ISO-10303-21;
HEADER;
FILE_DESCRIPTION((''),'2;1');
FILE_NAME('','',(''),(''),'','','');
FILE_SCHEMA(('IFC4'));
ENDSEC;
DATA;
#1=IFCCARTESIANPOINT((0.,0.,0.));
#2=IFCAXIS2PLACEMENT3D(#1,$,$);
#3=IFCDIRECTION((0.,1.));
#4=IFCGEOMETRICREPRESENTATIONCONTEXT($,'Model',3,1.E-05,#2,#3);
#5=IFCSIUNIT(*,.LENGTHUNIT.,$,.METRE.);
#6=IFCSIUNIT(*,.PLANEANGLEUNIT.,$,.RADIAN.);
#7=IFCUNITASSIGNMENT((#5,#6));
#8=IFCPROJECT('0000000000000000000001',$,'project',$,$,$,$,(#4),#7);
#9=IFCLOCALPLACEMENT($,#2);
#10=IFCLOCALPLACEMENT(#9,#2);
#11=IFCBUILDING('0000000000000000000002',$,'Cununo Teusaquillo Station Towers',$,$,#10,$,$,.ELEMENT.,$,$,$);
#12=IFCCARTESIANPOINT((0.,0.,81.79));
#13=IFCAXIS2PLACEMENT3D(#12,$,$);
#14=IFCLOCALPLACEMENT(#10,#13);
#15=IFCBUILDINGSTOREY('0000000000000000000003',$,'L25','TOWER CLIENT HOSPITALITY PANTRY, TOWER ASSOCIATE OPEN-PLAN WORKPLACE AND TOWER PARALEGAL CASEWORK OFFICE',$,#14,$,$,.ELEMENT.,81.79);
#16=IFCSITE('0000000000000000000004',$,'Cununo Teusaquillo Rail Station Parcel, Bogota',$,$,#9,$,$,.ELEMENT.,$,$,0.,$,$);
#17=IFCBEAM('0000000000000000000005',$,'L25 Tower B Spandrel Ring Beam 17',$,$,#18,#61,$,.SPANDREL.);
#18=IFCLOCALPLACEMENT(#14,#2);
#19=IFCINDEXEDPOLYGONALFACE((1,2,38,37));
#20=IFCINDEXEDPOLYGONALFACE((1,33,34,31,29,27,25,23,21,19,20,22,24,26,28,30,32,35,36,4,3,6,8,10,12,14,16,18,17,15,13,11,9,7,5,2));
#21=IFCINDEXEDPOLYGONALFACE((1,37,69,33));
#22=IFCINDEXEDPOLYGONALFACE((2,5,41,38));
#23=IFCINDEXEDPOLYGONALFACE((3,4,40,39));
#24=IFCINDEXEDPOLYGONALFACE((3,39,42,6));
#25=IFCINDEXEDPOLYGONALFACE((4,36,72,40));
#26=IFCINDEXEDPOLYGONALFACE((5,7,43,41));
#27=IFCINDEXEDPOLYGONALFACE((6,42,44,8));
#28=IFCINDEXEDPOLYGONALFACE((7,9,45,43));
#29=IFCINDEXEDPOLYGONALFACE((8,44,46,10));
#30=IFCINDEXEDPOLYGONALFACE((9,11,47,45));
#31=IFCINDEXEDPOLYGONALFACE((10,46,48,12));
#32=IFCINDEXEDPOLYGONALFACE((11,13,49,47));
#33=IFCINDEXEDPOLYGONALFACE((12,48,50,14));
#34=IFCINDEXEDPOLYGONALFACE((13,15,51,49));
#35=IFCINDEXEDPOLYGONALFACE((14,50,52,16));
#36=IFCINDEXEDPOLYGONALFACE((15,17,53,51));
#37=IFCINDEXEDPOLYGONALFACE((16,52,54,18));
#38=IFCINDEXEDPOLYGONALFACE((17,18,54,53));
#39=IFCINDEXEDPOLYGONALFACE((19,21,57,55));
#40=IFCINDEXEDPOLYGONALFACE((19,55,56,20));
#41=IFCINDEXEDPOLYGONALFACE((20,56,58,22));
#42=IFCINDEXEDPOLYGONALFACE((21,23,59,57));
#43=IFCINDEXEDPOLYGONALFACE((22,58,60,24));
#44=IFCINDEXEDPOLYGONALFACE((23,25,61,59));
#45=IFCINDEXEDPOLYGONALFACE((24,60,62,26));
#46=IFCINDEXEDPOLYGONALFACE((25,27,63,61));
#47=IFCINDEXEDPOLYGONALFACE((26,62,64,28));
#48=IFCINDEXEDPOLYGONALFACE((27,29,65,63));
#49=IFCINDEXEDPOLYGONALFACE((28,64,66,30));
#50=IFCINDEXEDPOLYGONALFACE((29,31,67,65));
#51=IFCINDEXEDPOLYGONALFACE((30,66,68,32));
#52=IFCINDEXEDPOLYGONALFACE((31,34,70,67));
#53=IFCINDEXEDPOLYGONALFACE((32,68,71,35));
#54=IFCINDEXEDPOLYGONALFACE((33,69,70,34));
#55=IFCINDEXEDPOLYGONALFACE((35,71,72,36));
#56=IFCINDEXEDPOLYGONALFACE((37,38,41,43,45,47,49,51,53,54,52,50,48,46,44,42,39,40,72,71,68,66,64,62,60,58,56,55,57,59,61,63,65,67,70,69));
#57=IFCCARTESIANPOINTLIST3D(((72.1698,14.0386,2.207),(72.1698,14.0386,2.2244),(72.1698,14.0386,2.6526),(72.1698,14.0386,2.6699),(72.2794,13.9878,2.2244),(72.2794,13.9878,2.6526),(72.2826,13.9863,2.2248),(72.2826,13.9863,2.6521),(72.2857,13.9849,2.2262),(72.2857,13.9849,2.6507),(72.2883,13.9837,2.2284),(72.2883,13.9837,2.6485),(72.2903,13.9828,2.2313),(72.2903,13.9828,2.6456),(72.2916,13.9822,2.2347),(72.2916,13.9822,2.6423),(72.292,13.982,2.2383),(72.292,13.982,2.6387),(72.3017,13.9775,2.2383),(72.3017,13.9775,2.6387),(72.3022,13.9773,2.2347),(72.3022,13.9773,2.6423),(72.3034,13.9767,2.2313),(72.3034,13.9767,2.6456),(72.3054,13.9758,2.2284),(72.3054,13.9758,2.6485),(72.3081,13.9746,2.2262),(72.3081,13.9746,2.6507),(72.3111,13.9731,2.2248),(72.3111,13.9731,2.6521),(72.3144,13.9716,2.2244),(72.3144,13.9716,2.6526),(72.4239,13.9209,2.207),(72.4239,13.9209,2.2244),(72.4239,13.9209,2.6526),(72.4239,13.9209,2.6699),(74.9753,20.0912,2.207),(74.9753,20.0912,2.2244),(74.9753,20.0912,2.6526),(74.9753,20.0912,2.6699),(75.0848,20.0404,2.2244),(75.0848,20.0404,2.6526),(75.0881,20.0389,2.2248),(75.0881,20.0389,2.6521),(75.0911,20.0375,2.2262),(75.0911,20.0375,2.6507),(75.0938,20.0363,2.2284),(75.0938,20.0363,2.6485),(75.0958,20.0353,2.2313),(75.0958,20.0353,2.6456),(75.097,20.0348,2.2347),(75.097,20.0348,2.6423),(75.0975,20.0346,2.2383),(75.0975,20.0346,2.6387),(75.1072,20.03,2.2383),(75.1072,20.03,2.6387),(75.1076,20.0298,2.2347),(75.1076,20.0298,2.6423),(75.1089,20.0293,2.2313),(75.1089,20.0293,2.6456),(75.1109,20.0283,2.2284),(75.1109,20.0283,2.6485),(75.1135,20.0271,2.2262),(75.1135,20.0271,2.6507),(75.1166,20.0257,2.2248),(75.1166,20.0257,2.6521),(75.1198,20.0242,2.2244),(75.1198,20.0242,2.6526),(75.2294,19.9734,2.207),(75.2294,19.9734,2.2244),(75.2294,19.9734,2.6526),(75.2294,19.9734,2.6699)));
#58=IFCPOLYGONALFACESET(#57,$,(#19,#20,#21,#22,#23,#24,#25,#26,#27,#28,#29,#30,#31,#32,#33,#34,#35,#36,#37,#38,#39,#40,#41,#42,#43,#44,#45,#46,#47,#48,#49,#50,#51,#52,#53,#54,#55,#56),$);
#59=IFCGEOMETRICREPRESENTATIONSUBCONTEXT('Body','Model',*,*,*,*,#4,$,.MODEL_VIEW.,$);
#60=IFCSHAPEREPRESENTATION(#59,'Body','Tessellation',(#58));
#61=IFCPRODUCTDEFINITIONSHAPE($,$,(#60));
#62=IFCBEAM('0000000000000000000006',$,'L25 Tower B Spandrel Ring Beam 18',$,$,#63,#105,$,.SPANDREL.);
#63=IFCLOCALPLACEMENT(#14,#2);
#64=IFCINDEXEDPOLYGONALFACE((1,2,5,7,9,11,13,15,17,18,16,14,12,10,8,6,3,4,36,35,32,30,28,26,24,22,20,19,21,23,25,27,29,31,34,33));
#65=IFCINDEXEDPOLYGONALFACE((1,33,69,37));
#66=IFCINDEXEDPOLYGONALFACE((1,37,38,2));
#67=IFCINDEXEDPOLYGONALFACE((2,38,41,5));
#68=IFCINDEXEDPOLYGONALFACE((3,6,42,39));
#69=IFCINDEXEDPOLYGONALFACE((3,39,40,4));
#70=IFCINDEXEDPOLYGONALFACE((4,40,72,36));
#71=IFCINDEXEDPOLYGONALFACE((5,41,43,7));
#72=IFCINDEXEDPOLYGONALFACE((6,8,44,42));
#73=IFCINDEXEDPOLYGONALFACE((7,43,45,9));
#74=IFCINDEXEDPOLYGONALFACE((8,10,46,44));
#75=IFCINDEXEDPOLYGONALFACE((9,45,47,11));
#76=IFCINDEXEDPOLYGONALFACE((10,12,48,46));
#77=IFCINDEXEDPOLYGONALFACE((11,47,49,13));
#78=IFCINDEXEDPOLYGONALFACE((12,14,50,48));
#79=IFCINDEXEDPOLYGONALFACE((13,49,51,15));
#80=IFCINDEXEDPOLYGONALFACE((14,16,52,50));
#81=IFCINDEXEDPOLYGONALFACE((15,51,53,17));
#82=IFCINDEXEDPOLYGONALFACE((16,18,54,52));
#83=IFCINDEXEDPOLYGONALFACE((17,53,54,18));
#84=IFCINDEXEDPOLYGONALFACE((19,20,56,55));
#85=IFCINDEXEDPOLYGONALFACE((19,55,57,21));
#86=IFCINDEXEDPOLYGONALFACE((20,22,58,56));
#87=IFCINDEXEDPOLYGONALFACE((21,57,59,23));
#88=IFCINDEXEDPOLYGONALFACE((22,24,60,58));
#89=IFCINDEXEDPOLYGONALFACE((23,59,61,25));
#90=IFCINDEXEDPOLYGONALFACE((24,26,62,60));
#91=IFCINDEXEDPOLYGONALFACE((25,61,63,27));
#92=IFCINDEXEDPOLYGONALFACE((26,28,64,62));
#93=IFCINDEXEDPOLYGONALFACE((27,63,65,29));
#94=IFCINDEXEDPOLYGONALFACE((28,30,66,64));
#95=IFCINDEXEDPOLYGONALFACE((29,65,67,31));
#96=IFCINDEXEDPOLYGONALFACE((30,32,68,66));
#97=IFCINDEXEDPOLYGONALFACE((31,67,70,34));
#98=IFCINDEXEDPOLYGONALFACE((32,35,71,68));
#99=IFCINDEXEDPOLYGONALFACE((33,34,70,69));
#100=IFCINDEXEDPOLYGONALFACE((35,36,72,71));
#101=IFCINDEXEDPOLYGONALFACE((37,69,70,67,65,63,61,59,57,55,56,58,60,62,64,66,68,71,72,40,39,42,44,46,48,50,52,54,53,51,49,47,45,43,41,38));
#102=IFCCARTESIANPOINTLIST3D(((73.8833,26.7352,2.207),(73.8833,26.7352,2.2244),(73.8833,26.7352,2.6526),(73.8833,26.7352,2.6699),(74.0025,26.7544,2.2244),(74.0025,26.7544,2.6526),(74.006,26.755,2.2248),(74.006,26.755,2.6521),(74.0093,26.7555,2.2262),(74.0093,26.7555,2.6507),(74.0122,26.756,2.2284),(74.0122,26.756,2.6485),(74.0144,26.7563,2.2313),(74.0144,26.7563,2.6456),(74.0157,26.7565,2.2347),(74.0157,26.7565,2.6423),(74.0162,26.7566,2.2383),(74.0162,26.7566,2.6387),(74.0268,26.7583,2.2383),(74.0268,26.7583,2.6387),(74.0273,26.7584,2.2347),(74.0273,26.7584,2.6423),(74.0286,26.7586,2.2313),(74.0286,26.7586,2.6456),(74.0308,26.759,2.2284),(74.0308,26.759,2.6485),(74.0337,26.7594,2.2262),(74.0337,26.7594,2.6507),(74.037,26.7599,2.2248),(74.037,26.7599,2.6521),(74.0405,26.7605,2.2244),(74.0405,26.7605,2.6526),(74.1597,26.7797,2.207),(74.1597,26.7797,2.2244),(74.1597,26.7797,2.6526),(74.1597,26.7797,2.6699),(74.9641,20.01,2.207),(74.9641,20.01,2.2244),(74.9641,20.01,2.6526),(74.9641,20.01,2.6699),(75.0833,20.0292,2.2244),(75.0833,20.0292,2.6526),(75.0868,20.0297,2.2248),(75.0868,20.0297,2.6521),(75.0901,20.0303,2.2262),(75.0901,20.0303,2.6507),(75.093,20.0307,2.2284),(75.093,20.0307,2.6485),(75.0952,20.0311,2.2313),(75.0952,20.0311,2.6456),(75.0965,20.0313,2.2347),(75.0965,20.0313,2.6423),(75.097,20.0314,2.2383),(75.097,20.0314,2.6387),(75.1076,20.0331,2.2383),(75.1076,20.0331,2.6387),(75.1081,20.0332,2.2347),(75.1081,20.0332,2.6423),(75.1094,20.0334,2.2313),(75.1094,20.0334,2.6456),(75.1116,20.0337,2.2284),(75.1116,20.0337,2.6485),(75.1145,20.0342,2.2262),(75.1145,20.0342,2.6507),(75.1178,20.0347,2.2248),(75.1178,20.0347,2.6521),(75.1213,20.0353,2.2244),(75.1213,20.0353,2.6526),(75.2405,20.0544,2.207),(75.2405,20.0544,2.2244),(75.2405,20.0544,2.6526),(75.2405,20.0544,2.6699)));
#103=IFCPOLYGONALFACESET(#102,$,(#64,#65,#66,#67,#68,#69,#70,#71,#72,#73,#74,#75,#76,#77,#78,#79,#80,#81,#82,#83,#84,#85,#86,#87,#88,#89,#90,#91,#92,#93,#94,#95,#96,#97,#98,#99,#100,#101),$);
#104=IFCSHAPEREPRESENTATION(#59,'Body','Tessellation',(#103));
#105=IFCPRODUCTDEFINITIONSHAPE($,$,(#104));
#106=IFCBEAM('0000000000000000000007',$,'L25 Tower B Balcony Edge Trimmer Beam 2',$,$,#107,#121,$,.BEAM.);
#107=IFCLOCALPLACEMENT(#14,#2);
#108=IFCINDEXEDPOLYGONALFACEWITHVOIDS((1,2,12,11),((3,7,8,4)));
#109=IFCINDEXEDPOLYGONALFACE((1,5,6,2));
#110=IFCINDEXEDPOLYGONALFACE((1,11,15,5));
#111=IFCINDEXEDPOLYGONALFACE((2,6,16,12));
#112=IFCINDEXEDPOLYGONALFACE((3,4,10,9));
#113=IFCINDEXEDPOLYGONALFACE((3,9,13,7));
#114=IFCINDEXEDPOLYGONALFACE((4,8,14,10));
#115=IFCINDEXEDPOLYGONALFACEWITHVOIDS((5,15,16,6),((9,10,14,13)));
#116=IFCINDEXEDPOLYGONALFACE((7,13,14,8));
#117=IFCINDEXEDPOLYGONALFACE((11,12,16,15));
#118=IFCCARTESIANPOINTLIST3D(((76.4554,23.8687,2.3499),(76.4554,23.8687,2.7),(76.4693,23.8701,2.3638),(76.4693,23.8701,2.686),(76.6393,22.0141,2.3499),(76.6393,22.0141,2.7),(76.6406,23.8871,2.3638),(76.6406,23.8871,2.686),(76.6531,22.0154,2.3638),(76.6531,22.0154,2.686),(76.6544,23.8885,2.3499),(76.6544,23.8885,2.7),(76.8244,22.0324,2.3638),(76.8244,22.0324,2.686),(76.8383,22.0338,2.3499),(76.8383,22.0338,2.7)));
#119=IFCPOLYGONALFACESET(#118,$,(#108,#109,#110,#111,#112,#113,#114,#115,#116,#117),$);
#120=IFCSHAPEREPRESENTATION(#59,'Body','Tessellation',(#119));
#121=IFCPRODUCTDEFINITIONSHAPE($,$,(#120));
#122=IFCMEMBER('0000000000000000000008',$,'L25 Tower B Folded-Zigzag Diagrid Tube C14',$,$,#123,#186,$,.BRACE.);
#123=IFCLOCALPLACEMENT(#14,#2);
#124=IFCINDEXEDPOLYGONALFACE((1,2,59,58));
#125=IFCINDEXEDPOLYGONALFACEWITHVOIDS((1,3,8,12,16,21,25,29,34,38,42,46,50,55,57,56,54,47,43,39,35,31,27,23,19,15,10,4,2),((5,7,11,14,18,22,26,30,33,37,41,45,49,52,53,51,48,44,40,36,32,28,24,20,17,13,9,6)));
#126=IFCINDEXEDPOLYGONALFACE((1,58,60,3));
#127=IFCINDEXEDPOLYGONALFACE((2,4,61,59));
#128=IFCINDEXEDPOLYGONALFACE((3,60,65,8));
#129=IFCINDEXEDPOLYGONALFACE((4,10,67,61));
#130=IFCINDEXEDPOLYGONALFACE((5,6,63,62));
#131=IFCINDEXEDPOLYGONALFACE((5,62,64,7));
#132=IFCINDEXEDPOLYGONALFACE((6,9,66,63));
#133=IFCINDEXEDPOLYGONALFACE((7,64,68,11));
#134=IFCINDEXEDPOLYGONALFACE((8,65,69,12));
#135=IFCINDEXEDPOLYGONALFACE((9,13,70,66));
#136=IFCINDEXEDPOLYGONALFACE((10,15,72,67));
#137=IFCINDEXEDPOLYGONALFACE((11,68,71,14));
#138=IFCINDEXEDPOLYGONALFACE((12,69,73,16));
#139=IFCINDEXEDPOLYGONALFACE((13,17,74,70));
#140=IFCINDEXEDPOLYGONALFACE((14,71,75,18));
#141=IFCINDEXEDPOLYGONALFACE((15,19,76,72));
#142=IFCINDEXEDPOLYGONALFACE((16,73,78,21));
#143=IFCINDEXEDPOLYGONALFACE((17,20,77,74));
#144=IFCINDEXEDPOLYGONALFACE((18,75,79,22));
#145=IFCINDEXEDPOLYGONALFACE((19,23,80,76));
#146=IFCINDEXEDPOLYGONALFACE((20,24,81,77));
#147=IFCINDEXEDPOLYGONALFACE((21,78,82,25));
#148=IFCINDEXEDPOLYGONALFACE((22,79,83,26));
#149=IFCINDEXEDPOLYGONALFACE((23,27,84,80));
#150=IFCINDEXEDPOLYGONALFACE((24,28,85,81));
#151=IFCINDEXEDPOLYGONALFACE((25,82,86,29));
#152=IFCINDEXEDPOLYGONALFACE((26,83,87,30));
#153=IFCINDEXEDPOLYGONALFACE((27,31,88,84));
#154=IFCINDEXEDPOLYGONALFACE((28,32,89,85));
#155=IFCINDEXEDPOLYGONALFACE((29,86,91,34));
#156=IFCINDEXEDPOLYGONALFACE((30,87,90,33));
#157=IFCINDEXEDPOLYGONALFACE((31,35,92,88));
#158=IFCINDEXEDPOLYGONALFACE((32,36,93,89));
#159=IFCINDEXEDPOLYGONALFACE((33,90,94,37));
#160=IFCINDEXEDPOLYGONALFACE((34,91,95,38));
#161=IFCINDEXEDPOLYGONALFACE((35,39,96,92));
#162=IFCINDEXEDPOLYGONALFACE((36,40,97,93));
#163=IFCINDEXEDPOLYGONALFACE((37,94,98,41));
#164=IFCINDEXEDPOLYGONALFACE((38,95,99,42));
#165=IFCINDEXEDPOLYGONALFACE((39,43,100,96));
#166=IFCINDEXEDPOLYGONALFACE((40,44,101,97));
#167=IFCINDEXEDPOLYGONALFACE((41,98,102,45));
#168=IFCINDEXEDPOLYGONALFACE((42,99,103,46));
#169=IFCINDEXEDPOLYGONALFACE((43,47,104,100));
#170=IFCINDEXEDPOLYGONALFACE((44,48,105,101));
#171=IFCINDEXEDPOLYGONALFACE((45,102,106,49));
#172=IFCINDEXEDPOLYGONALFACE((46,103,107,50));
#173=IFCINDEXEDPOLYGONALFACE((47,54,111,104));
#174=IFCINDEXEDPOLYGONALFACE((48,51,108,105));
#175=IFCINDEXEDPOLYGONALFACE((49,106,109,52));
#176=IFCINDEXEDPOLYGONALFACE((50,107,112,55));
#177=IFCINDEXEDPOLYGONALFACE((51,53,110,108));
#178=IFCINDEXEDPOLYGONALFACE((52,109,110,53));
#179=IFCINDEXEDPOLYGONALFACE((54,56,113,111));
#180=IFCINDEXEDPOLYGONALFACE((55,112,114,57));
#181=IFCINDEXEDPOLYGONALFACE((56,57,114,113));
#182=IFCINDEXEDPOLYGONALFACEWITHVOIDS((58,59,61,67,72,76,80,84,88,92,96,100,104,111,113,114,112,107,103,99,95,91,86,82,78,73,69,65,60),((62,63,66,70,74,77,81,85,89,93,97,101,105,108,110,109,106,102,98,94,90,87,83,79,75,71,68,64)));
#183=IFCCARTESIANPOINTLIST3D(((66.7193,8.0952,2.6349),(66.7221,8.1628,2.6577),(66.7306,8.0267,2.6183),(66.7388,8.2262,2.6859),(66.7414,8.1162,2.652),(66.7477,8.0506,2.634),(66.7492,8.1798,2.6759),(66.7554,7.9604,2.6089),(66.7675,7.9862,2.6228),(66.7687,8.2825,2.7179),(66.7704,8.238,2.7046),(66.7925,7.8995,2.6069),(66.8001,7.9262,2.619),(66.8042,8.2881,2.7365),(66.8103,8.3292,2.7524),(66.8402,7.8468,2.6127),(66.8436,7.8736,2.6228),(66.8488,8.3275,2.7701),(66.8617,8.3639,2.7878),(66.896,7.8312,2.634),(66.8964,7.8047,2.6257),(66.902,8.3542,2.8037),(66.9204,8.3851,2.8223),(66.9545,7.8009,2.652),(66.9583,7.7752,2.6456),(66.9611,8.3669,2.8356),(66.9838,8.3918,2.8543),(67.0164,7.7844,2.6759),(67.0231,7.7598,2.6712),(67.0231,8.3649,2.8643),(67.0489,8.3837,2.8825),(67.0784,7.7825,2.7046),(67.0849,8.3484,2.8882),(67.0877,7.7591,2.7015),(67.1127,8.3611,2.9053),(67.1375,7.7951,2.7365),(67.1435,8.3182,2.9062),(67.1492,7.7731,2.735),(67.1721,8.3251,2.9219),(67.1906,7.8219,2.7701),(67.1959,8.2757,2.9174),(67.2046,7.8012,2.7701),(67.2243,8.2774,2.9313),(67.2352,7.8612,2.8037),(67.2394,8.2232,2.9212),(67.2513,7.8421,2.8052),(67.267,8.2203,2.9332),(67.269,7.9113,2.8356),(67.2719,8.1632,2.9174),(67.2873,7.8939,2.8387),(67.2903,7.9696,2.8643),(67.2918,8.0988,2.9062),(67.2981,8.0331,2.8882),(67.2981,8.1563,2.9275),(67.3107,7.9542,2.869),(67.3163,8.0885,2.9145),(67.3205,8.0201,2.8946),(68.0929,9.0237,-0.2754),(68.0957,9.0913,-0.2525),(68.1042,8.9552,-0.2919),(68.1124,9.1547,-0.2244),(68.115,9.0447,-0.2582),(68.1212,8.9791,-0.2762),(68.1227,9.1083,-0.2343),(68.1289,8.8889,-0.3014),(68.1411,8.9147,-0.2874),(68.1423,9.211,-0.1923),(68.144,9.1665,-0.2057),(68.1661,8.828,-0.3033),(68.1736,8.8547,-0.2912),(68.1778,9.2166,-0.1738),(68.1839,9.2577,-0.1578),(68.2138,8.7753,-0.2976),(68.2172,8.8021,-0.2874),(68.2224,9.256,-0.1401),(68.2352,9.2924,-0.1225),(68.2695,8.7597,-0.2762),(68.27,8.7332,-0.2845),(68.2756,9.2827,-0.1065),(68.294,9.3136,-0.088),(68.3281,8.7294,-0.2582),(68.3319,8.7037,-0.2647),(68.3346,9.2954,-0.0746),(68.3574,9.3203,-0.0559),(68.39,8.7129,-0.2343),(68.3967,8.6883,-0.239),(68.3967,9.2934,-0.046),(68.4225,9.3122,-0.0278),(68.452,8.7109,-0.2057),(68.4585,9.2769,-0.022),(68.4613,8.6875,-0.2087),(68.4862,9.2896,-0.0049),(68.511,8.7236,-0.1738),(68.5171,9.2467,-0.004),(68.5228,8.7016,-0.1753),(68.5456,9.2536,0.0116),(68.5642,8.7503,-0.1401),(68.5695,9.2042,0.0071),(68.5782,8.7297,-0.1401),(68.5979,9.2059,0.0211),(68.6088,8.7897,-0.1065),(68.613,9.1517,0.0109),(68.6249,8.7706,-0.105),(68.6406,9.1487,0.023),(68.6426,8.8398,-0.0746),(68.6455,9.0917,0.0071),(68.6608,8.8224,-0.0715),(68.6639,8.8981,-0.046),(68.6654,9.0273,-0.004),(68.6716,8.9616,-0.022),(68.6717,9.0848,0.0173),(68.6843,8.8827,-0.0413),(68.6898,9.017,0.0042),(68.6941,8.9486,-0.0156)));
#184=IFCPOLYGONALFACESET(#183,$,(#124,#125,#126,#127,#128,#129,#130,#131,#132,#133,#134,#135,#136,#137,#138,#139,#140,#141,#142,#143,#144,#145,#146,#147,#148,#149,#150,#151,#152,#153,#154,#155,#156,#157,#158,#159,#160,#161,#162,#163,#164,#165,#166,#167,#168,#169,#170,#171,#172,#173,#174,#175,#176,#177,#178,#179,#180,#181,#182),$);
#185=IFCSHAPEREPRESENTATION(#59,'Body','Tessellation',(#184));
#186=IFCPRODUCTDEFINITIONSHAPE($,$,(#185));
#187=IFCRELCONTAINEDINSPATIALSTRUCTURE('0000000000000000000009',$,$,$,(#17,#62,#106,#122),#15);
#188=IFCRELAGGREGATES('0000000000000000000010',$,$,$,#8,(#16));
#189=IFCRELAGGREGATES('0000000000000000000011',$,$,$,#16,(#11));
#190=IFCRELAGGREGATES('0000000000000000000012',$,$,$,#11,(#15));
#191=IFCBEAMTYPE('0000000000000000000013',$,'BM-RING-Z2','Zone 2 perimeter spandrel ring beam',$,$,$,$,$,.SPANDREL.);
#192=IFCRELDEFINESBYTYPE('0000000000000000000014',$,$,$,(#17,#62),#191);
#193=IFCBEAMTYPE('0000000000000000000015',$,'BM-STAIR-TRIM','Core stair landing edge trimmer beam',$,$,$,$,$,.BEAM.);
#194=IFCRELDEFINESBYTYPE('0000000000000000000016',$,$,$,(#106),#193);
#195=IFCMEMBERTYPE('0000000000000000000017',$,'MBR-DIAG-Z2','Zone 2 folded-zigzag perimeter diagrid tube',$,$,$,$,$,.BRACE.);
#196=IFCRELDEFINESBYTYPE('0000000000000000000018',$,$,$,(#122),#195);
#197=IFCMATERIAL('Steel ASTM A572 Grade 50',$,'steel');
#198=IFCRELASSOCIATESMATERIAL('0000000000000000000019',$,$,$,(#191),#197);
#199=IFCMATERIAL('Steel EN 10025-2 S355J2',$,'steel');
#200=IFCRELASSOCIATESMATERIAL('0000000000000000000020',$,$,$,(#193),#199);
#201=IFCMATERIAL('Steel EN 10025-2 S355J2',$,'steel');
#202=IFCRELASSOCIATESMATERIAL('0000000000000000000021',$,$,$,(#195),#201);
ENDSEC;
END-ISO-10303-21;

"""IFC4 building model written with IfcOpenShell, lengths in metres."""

from ifc_helpers import new_model, si_unit, direction, frame, origin, origin_2d, place, context, subcontext, project, spatial, hollow_rectangle, hollow_circle, i_section, extrude, material, material_profile, profile_set, type_object, element, save


model = new_model("IFC4")

# Units and contexts
model_context = context("Model", 3, precision=1e-05, world=origin(), true_north=direction((0.0, 1.0)))
body_context = subcontext(model_context, "Body", "Model", "MODEL_VIEW")
ifc_project = project(units=[si_unit("LENGTHUNIT", "METRE"), si_unit("PLANEANGLEUNIT", "RADIAN")], contexts=[model_context])

# Site, building, storey
site_placement = place(None, origin())
site = spatial("IfcSite", under=ifc_project, at=site_placement, Name="Cununo Teusaquillo Rail Station Parcel, Bogota", CompositionType="ELEMENT", RefElevation=0.0)
building_placement = place(site_placement, origin())
building = spatial("IfcBuilding", under=site, at=building_placement, Name="Cununo Teusaquillo Station Towers", CompositionType="ELEMENT")
storey_placement = place(building_placement, frame((0.0, 0.0, 81.79)))
storey = spatial("IfcBuildingStorey", under=building, at=storey_placement, Name="L25", Description="TOWER CLIENT HOSPITALITY PANTRY, TOWER ASSOCIATE OPEN-PLAN WORKPLACE AND TOWER PARALEGAL CASEWORK OFFICE", CompositionType="ELEMENT", Elevation=81.79)

# Beams
ifc_material_1 = material(Name="Steel ASTM A572 Grade 50", Category="steel")
ifc_material_profile_1 = material_profile(ifc_material_1, i_section(OverallWidth=0.28, OverallDepth=0.4629, WebThickness=0.0107, FlangeThickness=0.0173, FilletRadius=0.0139, at=origin_2d()), Name="W18X76")
ifc_profile_set_1 = profile_set([ifc_material_profile_1], Name="Steel ASTM A572 Grade 50")
beam_type_1 = type_object("IfcBeamType", Name="BM-RING-Z2", Description="Zone 2 perimeter spandrel ring beam", PredefinedType="SPANDREL", material=ifc_profile_set_1)
beam_1_placement = place(storey_placement, frame((72.2969, 13.9797, 2.4385), z_axis=(0.420536, 0.907276, 0.0), x_axis=(-0.907276, 0.420536, 0.0)))
element("IfcBeam", 1, at=beam_1_placement, inside=storey, type_object=beam_type_1, Name="L25 Tower B Spandrel Ring Beam 17", PredefinedType="SPANDREL", context=body_context, shape_type="SweptSolid", body=[
    extrude(i_section(OverallWidth=0.28, OverallDepth=0.4629, WebThickness=0.0107, FlangeThickness=0.0173, FilletRadius=0.0139, at=origin_2d()), origin(), (0.0, 0.0, 1.0), 6.6711),
])
beam_2_placement = place(storey_placement, frame((75.1023, 20.0322, 2.4385), z_axis=(-0.158671, 0.987331, 0.0), x_axis=(-0.987331, -0.158671, 0.0)))
element("IfcBeam", 2, at=beam_2_placement, inside=storey, type_object=beam_type_1, Name="L25 Tower B Spandrel Ring Beam 18", PredefinedType="SPANDREL", context=body_context, shape_type="SweptSolid", body=[
    extrude(i_section(OverallWidth=0.28, OverallDepth=0.4629, WebThickness=0.0107, FlangeThickness=0.0173, FilletRadius=0.0139, at=origin_2d()), origin(), (0.0, 0.0, 1.0), 6.8115),
])
ifc_material_2 = material(Name="Steel EN 10025-2 S355J2", Category="steel")
ifc_material_profile_2 = material_profile(ifc_material_2, hollow_rectangle(XDim=0.2, YDim=0.3501, WallThickness=0.0139, at=origin_2d()), Name="RHS 350x200x14")
ifc_profile_set_2 = profile_set([ifc_material_profile_2], Name="Steel EN 10025-2 S355J2")
beam_type_2 = type_object("IfcBeamType", Name="BM-STAIR-TRIM", Description="Core stair landing edge trimmer beam", PredefinedType="BEAM", material=ifc_profile_set_2)
beam_3_placement = place(storey_placement, frame((76.7388, 22.0239, 2.5249), z_axis=(-0.098635, 0.995124, 0.0), x_axis=(-0.995124, -0.098635, 0.0)))
element("IfcBeam", 3, at=beam_3_placement, inside=storey, type_object=beam_type_2, Name="L25 Tower B Balcony Edge Trimmer Beam 2", PredefinedType="BEAM", context=body_context, shape_type="SweptSolid", body=[
    extrude(hollow_rectangle(XDim=0.2, YDim=0.3501, WallThickness=0.0139, at=origin_2d()), origin(), (0.0, 0.0, 1.0), 1.8638),
])

# Member
ifc_material_3 = material(Name="Steel EN 10025-2 S355J2", Category="steel")
ifc_material_profile_3 = material_profile(ifc_material_3, hollow_circle(Radius=0.3301, WallThickness=0.0249, at=origin_2d()), Name="CHS 660x25")
ifc_profile_set_3 = profile_set([ifc_material_profile_3], Name="Steel EN 10025-2 S355J2")
member_type = type_object("IfcMemberType", Name="MBR-DIAG-Z2", Description="Zone 2 folded-zigzag perimeter diagrid tube", PredefinedType="BRACE", material=ifc_profile_set_3)
member_1_placement = place(storey_placement, frame((68.3933, 9.0032, -0.1401), z_axis=(-0.410099, -0.277214, 0.868891), x_axis=(0.560024, -0.828476, 0.0)))
element("IfcMember", 4, at=member_1_placement, inside=storey, type_object=member_type, Name="L25 Tower B Folded-Zigzag Diagrid Tube C14", PredefinedType="BRACE", context=body_context, shape_type="SweptSolid", body=[
    extrude(hollow_circle(Radius=0.3301, WallThickness=0.0249, at=origin_2d()), origin(), (0.0, 0.0, 1.0), 3.3494),
])

save(model, "model.ifc")
